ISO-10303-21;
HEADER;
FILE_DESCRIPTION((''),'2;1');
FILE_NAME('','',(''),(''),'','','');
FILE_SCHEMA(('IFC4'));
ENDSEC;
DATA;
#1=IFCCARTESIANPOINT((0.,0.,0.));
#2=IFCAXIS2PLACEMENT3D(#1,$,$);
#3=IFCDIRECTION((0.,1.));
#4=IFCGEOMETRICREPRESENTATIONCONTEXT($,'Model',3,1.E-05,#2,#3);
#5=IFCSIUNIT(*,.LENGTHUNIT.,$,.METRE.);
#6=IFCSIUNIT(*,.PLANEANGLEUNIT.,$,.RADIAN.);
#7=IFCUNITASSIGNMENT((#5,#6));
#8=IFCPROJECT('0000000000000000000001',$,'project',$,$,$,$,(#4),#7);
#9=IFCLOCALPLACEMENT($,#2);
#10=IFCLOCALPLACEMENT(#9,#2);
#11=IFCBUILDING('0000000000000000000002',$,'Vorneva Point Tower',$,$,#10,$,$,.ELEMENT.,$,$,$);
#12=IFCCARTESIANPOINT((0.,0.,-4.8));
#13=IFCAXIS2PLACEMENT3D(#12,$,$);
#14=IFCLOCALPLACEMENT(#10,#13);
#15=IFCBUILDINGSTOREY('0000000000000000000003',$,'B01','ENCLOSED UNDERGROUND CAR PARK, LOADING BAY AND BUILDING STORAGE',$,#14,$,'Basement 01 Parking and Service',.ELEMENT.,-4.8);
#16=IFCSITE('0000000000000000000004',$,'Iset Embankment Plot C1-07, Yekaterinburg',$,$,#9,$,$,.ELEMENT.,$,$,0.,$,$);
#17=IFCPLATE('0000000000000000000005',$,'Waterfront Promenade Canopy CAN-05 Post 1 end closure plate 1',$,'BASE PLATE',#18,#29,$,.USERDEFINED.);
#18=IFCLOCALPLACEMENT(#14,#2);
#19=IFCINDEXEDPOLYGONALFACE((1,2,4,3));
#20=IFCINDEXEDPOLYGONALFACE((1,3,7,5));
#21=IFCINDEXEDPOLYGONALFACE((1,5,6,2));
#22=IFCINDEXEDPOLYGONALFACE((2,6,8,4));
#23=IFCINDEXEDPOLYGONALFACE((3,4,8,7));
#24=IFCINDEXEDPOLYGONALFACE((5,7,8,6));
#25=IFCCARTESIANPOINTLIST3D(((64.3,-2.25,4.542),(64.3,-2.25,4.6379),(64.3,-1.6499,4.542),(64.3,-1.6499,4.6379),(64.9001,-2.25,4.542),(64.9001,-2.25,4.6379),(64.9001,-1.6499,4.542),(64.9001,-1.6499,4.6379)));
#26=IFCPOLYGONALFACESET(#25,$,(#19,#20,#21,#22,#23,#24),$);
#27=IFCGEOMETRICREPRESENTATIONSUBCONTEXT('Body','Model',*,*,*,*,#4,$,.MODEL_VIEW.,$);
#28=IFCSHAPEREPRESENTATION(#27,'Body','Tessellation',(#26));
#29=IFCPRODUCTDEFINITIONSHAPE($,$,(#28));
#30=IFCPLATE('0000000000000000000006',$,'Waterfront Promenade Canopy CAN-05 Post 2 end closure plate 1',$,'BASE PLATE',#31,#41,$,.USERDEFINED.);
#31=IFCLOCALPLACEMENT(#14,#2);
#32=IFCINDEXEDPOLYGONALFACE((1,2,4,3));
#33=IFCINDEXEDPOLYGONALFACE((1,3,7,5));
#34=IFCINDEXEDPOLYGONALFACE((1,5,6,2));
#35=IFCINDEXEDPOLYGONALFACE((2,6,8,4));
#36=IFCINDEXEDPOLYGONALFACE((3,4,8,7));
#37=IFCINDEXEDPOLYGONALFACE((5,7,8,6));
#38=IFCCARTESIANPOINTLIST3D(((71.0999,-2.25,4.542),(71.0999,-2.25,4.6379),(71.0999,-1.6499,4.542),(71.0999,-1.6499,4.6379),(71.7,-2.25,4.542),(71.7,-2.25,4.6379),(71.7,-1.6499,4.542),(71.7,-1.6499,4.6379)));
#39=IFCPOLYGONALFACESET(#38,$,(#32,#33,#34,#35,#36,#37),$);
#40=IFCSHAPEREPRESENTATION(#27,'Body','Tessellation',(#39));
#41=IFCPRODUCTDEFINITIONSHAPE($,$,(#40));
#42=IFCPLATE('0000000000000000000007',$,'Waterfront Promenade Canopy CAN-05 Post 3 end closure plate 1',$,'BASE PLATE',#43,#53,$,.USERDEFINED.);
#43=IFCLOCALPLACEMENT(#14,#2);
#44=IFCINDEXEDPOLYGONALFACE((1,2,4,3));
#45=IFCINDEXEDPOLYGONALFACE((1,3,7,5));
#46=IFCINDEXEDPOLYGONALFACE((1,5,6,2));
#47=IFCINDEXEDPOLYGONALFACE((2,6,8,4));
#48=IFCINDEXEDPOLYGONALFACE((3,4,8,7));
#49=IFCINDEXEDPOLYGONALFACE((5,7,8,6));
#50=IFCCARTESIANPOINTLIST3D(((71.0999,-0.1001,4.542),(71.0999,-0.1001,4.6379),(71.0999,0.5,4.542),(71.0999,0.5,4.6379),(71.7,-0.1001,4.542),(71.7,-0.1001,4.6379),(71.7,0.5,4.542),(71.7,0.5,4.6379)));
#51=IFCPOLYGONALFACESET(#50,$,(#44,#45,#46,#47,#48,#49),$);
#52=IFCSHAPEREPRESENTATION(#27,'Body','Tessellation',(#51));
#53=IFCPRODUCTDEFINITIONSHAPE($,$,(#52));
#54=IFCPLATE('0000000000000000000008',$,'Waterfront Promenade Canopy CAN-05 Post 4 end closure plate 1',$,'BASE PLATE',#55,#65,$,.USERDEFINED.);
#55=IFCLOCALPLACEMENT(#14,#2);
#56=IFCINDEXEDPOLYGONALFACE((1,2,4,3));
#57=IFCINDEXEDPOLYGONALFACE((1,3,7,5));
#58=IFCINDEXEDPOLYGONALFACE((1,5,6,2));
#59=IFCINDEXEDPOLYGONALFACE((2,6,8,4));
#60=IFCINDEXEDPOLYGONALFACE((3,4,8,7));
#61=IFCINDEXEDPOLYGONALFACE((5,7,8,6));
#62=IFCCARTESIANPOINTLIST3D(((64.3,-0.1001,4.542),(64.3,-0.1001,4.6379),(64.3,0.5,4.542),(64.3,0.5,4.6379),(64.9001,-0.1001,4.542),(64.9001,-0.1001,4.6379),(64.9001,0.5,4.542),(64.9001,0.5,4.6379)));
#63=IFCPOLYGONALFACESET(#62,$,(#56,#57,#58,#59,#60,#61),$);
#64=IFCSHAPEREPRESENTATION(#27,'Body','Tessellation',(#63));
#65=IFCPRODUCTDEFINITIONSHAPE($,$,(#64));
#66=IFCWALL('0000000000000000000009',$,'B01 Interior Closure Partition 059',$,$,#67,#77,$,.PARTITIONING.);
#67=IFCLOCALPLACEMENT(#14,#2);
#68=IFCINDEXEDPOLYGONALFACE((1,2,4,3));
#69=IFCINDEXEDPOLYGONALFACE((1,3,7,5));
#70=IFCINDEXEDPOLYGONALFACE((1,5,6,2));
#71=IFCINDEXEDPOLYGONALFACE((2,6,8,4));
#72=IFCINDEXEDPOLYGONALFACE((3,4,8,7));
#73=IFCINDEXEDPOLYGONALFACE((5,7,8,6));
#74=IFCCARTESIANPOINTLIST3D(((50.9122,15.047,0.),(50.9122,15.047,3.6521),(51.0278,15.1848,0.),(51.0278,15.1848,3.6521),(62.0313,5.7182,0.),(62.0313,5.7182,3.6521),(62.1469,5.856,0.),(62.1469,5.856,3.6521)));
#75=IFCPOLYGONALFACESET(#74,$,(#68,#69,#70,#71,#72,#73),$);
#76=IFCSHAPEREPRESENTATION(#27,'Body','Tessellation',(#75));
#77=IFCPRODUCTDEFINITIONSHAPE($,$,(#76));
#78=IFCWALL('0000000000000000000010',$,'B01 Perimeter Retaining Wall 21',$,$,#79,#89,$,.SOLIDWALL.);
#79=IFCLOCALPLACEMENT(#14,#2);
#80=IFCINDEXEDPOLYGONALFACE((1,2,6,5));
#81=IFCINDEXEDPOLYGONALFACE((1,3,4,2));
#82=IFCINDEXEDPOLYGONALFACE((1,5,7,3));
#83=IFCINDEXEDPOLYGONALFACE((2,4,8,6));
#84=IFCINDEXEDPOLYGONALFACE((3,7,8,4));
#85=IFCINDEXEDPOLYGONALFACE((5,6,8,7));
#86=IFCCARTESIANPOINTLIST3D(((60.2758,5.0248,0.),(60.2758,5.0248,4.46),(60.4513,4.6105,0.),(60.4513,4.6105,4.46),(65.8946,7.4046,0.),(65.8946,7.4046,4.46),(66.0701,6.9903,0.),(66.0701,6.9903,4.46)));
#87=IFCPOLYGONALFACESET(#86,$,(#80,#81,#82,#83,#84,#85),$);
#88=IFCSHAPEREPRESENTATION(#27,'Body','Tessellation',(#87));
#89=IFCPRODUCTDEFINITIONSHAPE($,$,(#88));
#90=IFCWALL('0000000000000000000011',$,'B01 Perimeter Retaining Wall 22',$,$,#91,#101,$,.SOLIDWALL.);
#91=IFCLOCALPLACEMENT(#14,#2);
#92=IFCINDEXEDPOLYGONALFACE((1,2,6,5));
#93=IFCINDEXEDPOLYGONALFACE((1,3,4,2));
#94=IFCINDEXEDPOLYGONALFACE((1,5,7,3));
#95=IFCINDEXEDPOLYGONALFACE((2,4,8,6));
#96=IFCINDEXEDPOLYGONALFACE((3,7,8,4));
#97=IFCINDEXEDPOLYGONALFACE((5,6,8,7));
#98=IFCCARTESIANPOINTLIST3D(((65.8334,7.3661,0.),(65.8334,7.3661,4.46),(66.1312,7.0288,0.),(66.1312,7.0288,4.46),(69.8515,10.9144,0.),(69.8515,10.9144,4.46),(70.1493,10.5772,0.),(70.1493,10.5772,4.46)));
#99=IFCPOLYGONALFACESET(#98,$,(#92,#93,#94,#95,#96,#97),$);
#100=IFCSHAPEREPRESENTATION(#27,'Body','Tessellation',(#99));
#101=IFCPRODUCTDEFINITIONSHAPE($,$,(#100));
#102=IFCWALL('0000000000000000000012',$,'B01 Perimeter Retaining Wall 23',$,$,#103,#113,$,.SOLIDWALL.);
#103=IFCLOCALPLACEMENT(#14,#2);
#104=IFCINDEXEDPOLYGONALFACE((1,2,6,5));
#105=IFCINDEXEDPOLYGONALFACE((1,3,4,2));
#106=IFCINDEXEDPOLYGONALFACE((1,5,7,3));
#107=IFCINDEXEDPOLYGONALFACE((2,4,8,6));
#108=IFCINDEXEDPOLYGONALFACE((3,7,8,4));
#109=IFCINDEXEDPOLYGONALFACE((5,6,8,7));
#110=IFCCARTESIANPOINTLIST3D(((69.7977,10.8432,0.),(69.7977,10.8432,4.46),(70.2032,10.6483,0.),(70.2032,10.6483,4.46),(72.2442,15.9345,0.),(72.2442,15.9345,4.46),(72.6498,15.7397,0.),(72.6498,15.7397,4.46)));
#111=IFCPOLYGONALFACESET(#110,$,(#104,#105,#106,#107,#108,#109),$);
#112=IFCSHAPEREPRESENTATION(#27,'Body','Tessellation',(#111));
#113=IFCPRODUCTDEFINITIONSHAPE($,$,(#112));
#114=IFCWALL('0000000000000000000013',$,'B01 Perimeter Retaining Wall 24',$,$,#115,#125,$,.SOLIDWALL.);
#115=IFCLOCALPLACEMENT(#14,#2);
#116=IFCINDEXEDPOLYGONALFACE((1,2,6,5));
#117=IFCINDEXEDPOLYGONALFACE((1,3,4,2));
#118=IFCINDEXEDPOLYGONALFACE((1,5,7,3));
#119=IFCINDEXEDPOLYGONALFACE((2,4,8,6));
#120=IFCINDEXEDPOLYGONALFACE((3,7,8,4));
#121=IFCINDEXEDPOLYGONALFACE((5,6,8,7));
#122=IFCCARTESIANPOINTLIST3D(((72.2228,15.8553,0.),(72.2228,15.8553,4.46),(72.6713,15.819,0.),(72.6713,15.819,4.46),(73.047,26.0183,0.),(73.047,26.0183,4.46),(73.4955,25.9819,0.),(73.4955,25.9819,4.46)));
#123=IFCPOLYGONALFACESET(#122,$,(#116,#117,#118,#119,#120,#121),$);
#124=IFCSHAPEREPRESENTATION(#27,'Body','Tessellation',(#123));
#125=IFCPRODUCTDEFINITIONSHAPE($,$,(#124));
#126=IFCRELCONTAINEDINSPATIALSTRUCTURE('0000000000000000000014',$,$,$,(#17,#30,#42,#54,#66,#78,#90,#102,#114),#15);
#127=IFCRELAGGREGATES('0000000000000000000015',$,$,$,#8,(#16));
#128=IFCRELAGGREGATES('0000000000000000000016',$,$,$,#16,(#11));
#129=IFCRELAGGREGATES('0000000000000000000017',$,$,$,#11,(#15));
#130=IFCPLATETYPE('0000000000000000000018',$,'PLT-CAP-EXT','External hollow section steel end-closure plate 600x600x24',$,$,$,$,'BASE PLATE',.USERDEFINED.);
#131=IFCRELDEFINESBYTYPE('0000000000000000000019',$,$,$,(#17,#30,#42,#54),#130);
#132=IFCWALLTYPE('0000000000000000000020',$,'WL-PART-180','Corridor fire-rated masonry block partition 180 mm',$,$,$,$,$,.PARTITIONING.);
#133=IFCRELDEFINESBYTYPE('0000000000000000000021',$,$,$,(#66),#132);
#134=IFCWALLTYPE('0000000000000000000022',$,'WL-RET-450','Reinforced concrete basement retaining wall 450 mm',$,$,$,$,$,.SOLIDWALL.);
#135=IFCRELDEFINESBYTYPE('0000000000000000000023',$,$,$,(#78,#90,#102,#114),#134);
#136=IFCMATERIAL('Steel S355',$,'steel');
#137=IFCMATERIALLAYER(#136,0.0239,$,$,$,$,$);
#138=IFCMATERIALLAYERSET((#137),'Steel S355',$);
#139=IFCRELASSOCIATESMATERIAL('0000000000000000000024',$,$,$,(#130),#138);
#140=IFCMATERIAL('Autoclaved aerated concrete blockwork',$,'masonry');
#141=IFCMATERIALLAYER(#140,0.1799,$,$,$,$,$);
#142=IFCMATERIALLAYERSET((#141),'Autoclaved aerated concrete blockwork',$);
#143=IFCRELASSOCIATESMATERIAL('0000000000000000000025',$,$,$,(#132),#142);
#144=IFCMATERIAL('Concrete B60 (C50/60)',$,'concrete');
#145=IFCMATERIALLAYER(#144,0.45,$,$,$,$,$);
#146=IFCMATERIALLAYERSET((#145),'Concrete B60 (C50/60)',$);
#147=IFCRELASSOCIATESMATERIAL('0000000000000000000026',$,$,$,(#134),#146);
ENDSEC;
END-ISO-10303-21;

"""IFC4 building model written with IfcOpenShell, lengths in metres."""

from ifc_helpers import new_model, si_unit, direction, frame, frame_2d, origin, origin_2d, place, context, subcontext, project, spatial, rectangle, extrude, material, layer, layer_set, type_object, element, save


model = new_model("IFC4")

# Units and contexts
model_context = context("Model", 3, precision=1e-05, world=origin(), true_north=direction((0.0, 1.0)))
body_context = subcontext(model_context, "Body", "Model", "MODEL_VIEW")
ifc_project = project(units=[si_unit("LENGTHUNIT", "METRE"), si_unit("PLANEANGLEUNIT", "RADIAN")], contexts=[model_context])

# Site, building, storey
site_placement = place(None, origin())
site = spatial("IfcSite", under=ifc_project, at=site_placement, Name="Iset Embankment Plot C1-07, Yekaterinburg", CompositionType="ELEMENT", RefElevation=0.0)
building_placement = place(site_placement, origin())
building = spatial("IfcBuilding", under=site, at=building_placement, Name="Vorneva Point Tower", CompositionType="ELEMENT")
storey_placement = place(building_placement, frame((0.0, 0.0, -4.8)))
storey = spatial("IfcBuildingStorey", under=building, at=storey_placement, Name="B01", Description="ENCLOSED UNDERGROUND CAR PARK, LOADING BAY AND BUILDING STORAGE", LongName="Basement 01 Parking and Service", CompositionType="ELEMENT", Elevation=-4.8)

# Shared definitions
ifc_material_1 = material(Name="Concrete B60 (C50/60)", Category="concrete")

# Shared definitions
ifc_material_2 = material(Name="Steel S355", Category="steel")

# Plates
ifc_layer_1 = layer(ifc_material_2, 0.0239)
ifc_layer_set_1 = layer_set([ifc_layer_1], Name="Steel S355")
plate_type = type_object("IfcPlateType", Name="PLT-CAP-EXT", Description="External hollow section steel end-closure plate 600x600x24", ElementType="BASE PLATE", PredefinedType="USERDEFINED", material=ifc_layer_set_1)
for number, where, z_axis, x_axis, name in (
    (1, (64.6001, -1.95, 4.542), (0.0, 0.0, 1.0), (1.0, 0.0, 0.0), "Waterfront Promenade Canopy CAN-05 Post 1 end closure plate 1"),
    (2, (71.3999, -1.95, 4.542), (0.0, 0.0, 1.0), (1.0, 0.0, 0.0), "Waterfront Promenade Canopy CAN-05 Post 2 end closure plate 1"),
    (3, (71.3999, 0.2, 4.542), (0.0, 0.0, 1.0), (1.0, 0.0, 0.0), "Waterfront Promenade Canopy CAN-05 Post 3 end closure plate 1"),
    (4, (64.6001, 0.2, 4.542), (0.0, 0.0, 1.0), (1.0, 0.0, 0.0), "Waterfront Promenade Canopy CAN-05 Post 4 end closure plate 1"),
):
    element("IfcPlate", number, at=place(storey_placement, frame(where, z_axis=z_axis, x_axis=x_axis)), inside=storey, type_object=plate_type, Name=name, ObjectType="BASE PLATE", PredefinedType="USERDEFINED", context=body_context, shape_type="SweptSolid", body=[
        extrude(rectangle(XDim=0.6001, YDim=0.6001, at=origin_2d()), origin(), (0.0, 0.0, 1.0), 0.0959),
    ])

# Walls
ifc_material_3 = material(Name="Autoclaved aerated concrete blockwork", Category="masonry")
ifc_layer_2 = layer(ifc_material_3, 0.1799)
ifc_layer_set_2 = layer_set([ifc_layer_2], Name="Autoclaved aerated concrete blockwork")
wall_type_1 = type_object("IfcWallType", Name="WL-PART-180", Description="Corridor fire-rated masonry block partition 180 mm", PredefinedType="PARTITIONING", material=ifc_layer_set_2)
wall_1_placement = place(storey_placement, frame((62.0891, 5.7871, 0.0), z_axis=(0.0, 0.0, 1.0), x_axis=(-0.766085, 0.642739, 0.0)))
element("IfcWall", 5, at=wall_1_placement, inside=storey, type_object=wall_type_1, Name="B01 Interior Closure Partition 059", PredefinedType="PARTITIONING", context=body_context, shape_type="SweptSolid", body=[
    extrude(rectangle(XDim=14.5142, YDim=0.1799, at=frame_2d((7.2571, 0.0))), origin(), (0.0, 0.0, 1.0), 3.6521),
])
ifc_layer_3 = layer(ifc_material_1, 0.45)
ifc_layer_set_3 = layer_set([ifc_layer_3], Name="Concrete B60 (C50/60)")
wall_type_2 = type_object("IfcWallType", Name="WL-RET-450", Description="Reinforced concrete basement retaining wall 450 mm", PredefinedType="SOLIDWALL", material=ifc_layer_set_3)
wall_2_placement = place(storey_placement, frame((60.3635, 4.8176, 0.0), z_axis=(0.0, 0.0, 1.0), x_axis=(0.920811, 0.390009, 0.0)))
element("IfcWall", 6, at=wall_2_placement, inside=storey, type_object=wall_type_2, Name="B01 Perimeter Retaining Wall 21", PredefinedType="SOLIDWALL", context=body_context, shape_type="SweptSolid", body=[
    extrude(rectangle(XDim=6.1021, YDim=0.45, at=frame_2d((3.051, 0.0))), origin(), (0.0, 0.0, 1.0), 4.46),
])
wall_3_placement = place(storey_placement, frame((65.9824, 7.1975, 0.0), z_axis=(0.0, 0.0, 1.0), x_axis=(0.749561, 0.661935, 0.0)))
element("IfcWall", 7, at=wall_3_placement, inside=storey, type_object=wall_type_2, Name="B01 Perimeter Retaining Wall 22", PredefinedType="SOLIDWALL", context=body_context, shape_type="SweptSolid", body=[
    extrude(rectangle(XDim=5.3606, YDim=0.45, at=frame_2d((2.6802, 0.0))), origin(), (0.0, 0.0, 1.0), 4.46),
])
wall_4_placement = place(storey_placement, frame((70.0005, 10.7458, 0.0), z_axis=(0.0, 0.0, 1.0), x_axis=(0.43312, 0.901336, 0.0)))
element("IfcWall", 8, at=wall_4_placement, inside=storey, type_object=wall_type_2, Name="B01 Perimeter Retaining Wall 23", PredefinedType="SOLIDWALL", context=body_context, shape_type="SweptSolid", body=[
    extrude(rectangle(XDim=5.6487, YDim=0.45, at=frame_2d((2.8242, 0.0))), origin(), (0.0, 0.0, 1.0), 4.46),
])
wall_5_placement = place(storey_placement, frame((72.447, 15.8372, 0.0), z_axis=(0.0, 0.0, 1.0), x_axis=(0.080836, 0.996727, 0.0)))
element("IfcWall", 9, at=wall_5_placement, inside=storey, type_object=wall_type_2, Name="B01 Perimeter Retaining Wall 24", PredefinedType="SOLIDWALL", context=body_context, shape_type="SweptSolid", body=[
    extrude(rectangle(XDim=10.1963, YDim=0.45, at=frame_2d((5.0981, 0.0))), origin(), (0.0, 0.0, 1.0), 4.46),
])

save(model, "model.ifc")
